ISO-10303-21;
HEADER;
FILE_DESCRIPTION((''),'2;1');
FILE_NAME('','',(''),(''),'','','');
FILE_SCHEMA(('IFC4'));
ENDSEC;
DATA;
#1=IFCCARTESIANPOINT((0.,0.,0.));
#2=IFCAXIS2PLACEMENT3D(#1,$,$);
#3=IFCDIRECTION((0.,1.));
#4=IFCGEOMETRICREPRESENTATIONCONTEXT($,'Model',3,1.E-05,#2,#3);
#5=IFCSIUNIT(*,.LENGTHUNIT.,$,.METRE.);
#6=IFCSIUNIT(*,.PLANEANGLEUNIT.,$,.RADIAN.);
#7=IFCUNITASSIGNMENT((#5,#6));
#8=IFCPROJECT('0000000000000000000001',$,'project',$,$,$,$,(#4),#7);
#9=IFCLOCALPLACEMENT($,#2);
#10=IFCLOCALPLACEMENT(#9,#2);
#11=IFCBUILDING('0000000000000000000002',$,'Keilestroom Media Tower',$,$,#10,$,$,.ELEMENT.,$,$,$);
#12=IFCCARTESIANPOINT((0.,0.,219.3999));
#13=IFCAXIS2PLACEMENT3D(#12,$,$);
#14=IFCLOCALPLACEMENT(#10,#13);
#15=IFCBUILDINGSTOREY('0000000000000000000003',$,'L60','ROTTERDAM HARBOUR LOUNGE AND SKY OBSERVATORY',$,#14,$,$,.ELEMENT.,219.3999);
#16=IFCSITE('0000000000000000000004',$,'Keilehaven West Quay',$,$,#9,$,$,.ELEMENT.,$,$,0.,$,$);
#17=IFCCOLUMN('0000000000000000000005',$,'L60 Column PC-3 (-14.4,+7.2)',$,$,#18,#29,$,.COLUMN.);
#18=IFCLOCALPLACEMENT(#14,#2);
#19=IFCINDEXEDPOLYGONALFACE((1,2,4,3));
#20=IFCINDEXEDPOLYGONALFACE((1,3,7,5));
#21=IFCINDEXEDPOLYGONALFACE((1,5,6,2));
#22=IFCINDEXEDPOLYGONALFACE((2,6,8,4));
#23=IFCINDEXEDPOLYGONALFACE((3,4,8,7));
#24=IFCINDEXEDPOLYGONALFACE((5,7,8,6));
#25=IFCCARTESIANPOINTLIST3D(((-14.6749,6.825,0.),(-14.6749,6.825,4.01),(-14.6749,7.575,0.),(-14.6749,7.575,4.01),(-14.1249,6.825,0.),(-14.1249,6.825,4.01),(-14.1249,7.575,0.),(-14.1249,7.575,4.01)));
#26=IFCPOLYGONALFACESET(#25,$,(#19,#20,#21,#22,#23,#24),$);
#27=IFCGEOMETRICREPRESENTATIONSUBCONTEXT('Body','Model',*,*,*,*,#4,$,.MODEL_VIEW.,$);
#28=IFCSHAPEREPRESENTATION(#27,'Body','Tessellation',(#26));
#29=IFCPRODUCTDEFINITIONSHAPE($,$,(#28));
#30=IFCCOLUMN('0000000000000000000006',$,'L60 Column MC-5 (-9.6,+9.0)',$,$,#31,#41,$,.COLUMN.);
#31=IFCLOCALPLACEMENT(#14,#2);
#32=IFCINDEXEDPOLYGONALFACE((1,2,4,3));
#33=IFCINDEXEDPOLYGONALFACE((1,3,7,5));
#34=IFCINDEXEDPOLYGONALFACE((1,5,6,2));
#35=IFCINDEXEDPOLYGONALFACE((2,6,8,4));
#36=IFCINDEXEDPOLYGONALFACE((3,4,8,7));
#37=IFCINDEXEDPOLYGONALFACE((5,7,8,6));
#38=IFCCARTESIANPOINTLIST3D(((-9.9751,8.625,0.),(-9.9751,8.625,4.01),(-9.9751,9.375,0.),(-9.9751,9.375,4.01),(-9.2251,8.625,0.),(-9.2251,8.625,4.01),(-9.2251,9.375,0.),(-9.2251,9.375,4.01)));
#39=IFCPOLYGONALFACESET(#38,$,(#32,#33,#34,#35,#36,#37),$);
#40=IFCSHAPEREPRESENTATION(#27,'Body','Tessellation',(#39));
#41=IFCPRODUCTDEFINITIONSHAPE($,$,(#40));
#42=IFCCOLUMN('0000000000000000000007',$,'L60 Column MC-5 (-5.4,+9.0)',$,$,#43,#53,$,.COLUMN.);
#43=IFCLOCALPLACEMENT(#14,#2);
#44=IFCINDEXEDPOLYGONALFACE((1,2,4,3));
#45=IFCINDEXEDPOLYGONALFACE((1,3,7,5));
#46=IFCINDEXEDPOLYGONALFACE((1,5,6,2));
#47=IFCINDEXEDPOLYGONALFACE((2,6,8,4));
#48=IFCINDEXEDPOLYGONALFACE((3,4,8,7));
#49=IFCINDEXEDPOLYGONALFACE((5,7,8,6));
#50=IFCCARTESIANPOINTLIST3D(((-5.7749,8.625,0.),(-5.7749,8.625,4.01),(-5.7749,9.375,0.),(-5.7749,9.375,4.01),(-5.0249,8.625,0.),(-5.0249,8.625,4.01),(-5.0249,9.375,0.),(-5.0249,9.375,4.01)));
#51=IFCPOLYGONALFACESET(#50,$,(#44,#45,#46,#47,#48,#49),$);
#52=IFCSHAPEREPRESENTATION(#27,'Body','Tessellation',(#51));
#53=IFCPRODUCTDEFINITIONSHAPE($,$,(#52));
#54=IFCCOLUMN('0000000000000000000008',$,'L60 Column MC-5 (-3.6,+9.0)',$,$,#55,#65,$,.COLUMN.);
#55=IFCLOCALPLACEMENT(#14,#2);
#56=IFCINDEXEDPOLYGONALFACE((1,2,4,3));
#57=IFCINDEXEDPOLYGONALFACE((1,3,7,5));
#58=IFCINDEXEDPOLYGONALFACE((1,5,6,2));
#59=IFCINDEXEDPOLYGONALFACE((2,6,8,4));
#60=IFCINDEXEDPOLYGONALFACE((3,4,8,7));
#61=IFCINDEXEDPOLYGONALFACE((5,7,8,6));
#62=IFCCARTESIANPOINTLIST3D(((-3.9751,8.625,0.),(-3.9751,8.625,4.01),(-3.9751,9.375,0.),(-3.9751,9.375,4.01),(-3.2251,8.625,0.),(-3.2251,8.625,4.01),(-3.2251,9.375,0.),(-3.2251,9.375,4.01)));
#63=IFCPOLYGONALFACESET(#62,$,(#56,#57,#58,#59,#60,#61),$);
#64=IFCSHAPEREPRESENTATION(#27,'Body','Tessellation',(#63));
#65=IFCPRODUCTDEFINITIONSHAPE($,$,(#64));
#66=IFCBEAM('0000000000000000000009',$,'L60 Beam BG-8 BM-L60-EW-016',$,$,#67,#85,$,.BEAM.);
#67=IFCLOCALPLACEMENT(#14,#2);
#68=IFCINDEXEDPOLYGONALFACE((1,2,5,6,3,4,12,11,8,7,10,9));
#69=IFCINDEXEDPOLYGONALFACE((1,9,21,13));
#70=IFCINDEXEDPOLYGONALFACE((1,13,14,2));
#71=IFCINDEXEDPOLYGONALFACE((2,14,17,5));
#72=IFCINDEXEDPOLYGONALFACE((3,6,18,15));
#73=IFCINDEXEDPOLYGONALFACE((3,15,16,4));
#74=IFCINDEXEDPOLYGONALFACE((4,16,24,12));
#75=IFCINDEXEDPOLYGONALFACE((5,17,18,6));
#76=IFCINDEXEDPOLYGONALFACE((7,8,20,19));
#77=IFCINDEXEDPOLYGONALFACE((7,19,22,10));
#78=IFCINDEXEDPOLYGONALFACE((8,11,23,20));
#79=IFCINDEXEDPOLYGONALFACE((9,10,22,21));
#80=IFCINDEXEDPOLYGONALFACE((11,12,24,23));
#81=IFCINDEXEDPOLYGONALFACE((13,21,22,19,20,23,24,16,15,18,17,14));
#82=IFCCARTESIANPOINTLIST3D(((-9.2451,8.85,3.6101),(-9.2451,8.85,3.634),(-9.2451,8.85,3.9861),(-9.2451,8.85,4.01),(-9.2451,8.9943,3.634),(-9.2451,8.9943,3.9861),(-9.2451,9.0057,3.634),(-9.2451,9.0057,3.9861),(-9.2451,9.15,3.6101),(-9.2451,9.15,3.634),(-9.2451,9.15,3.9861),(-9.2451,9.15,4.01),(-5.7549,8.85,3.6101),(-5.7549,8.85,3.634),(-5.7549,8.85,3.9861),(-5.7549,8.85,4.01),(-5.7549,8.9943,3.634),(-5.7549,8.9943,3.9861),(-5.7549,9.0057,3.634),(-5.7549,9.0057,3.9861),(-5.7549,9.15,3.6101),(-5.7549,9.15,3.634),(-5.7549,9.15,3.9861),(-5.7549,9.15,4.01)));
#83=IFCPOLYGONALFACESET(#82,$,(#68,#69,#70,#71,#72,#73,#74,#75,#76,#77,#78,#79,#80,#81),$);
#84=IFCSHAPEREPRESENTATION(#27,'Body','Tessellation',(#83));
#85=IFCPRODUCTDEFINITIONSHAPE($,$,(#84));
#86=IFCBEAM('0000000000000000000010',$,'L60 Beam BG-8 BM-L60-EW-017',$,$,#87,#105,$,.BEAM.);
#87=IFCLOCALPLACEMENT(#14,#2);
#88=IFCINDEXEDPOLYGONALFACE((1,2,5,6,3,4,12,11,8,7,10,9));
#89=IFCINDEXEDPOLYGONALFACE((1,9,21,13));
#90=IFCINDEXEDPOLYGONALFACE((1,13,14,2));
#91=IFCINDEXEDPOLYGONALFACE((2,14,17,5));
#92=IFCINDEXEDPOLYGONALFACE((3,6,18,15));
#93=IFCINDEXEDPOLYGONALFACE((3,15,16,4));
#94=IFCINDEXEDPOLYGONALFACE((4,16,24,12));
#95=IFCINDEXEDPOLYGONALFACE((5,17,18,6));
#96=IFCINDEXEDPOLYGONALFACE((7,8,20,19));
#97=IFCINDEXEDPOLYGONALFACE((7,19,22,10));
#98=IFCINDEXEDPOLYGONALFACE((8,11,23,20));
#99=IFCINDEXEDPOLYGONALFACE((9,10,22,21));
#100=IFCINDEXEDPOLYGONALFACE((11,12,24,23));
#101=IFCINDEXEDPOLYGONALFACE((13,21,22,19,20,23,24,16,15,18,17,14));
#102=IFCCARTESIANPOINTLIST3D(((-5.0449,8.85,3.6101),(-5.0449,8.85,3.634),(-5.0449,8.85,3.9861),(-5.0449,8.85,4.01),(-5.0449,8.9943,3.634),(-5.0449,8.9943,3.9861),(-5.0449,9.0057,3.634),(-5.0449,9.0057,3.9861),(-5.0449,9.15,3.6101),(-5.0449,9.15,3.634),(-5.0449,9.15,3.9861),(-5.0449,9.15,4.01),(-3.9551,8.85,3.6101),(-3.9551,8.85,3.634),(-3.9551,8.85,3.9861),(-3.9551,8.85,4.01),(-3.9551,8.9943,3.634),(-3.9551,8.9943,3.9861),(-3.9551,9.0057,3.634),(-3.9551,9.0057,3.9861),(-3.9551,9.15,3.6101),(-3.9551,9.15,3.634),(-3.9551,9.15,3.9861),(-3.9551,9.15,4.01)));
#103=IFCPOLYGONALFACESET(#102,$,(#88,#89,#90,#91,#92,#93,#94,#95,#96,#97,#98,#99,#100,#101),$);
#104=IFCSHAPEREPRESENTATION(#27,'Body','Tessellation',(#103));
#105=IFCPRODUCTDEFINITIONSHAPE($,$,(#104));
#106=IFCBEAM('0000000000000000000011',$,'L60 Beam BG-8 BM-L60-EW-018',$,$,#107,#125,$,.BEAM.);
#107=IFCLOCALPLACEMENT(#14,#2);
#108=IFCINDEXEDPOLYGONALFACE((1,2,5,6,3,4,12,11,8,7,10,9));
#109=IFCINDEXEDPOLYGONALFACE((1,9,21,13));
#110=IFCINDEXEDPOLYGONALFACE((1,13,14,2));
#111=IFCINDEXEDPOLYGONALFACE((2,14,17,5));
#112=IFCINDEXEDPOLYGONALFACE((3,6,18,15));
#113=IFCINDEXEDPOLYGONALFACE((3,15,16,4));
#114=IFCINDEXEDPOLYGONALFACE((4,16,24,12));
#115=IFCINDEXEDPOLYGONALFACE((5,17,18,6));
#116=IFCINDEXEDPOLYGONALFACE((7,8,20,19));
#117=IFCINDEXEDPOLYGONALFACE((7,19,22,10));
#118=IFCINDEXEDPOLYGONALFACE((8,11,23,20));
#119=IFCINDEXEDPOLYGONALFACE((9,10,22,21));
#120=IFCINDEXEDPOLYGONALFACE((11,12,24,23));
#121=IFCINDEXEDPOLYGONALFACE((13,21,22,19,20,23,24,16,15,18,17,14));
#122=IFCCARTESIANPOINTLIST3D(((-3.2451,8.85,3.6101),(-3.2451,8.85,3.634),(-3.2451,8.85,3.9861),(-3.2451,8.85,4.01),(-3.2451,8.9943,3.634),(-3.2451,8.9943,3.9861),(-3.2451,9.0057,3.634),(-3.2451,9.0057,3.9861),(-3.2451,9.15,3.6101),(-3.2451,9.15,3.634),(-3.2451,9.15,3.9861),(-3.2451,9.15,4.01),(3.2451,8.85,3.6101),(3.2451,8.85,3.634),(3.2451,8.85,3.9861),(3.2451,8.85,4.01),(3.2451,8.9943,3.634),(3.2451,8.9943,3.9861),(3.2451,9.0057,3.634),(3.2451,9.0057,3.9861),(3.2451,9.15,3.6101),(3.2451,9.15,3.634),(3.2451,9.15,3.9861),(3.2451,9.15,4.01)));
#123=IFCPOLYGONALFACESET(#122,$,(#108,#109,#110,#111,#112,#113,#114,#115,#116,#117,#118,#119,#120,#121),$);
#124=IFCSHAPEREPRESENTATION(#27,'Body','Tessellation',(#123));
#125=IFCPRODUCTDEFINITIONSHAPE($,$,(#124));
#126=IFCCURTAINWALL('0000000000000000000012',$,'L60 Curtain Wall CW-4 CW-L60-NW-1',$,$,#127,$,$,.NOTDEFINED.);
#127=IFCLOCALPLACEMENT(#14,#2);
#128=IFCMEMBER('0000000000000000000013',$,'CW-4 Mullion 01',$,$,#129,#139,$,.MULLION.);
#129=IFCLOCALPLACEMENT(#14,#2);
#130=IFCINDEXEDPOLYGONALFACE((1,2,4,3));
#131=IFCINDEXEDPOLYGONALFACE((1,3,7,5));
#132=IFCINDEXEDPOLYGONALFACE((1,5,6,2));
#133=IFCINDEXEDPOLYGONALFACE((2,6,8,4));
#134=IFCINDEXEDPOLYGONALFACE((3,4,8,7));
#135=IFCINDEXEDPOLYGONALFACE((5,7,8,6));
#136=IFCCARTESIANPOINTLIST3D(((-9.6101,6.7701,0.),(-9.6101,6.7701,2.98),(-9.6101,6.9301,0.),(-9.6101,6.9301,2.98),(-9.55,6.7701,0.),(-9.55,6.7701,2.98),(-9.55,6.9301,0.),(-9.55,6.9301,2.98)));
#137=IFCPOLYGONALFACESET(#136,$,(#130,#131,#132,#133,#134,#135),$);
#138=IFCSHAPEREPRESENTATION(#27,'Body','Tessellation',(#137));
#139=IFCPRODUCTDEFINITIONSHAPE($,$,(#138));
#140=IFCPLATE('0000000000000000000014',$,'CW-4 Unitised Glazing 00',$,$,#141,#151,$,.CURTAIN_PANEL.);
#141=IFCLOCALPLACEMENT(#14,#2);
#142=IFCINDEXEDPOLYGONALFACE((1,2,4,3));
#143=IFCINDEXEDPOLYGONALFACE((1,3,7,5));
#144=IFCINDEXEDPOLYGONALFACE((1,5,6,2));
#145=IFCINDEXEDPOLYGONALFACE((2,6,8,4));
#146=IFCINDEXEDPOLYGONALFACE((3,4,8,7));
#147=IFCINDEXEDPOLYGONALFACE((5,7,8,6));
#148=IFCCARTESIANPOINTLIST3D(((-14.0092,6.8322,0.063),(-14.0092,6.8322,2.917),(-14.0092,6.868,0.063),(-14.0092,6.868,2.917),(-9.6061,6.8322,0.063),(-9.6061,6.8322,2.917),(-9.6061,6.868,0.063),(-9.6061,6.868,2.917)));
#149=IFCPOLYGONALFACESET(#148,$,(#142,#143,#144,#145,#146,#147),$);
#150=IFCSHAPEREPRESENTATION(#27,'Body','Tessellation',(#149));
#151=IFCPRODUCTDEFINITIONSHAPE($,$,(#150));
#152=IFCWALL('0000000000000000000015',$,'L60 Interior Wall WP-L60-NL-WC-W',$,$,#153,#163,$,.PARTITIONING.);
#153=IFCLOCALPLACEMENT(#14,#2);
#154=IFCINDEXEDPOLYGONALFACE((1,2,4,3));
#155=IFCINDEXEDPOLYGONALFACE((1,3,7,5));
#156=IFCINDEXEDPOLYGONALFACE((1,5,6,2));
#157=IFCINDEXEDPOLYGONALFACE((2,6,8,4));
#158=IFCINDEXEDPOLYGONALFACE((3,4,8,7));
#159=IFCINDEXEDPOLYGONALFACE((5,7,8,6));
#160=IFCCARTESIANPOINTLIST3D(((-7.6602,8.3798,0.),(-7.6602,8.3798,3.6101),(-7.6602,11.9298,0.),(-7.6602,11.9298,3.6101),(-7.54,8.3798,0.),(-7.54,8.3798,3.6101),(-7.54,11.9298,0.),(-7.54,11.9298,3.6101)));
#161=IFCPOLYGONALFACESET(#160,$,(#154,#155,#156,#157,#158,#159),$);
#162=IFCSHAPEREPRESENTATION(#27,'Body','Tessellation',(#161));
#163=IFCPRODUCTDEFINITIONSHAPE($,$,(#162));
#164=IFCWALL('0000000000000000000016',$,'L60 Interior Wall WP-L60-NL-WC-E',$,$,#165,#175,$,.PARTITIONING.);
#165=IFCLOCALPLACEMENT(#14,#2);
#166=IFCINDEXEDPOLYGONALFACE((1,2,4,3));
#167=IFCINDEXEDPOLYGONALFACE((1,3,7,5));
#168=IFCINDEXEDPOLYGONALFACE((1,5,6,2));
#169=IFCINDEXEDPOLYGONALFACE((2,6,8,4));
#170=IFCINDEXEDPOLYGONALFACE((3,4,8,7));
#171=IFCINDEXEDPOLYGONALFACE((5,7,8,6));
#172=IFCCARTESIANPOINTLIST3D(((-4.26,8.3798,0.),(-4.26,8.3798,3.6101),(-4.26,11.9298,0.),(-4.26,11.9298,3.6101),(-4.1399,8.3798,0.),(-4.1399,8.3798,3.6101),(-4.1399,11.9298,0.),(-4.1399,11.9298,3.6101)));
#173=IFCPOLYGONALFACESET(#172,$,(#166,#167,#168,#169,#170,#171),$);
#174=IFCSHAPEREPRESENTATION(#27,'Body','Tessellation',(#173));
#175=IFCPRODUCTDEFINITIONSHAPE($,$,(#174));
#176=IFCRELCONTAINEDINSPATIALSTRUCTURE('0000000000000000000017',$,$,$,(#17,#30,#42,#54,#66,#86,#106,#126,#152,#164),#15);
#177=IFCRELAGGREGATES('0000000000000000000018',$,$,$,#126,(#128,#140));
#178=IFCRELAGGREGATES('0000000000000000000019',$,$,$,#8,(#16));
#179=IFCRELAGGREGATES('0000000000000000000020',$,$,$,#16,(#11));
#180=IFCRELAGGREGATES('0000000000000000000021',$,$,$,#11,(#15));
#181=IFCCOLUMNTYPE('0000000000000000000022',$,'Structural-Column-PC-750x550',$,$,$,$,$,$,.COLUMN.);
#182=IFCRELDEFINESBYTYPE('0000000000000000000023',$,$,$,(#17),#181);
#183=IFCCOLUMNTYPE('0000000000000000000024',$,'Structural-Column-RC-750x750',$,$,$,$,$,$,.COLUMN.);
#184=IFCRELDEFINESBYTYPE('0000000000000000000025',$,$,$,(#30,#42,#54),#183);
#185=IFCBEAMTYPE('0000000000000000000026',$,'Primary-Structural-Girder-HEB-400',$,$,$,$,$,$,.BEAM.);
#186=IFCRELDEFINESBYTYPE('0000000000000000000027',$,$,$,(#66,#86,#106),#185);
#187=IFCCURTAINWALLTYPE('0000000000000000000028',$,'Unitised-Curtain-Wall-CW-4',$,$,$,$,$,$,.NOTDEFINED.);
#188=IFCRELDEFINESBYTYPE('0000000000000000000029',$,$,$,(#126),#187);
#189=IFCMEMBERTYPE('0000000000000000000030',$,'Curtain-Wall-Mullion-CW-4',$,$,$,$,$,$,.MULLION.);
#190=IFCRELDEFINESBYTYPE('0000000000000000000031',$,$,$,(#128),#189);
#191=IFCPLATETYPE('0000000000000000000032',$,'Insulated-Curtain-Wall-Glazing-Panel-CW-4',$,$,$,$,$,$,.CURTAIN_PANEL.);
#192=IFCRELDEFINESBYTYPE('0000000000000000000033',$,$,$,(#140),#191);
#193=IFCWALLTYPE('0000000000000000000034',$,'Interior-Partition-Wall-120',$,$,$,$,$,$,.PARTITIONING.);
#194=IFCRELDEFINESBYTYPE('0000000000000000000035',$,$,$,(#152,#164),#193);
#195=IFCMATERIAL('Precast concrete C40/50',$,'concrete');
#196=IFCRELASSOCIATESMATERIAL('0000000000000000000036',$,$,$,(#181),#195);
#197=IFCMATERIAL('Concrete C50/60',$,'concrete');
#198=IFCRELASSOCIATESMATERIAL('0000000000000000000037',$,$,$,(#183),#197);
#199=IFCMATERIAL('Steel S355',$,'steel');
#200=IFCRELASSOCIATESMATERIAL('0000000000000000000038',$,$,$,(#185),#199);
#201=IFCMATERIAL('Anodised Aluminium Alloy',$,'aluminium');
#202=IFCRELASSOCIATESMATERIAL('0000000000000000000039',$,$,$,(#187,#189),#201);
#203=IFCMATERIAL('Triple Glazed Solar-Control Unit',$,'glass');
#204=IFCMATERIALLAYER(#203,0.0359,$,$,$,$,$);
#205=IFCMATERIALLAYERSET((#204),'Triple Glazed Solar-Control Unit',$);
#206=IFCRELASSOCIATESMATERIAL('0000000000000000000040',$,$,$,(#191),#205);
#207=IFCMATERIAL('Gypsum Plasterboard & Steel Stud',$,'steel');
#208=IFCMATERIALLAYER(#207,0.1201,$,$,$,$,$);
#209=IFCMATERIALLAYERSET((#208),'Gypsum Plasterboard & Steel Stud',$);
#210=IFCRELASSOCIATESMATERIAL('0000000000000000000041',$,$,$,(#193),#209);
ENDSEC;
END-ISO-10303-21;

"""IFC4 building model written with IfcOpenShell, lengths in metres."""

from ifc_helpers import new_model, si_unit, direction, frame, frame_2d, origin, origin_2d, place, context, subcontext, project, spatial, rectangle, i_section, extrude, source, transform, mapped, material, layer, layer_set, material_profile, profile_set, type_object, element, aggregate, save


model = new_model("IFC4")

# Units and contexts
model_context = context("Model", 3, precision=1e-05, world=origin(), true_north=direction((0.0, 1.0)))
body_context = subcontext(model_context, "Body", "Model", "MODEL_VIEW")
ifc_project = project(units=[si_unit("LENGTHUNIT", "METRE"), si_unit("PLANEANGLEUNIT", "RADIAN")], contexts=[model_context])

# Site, building, storey
site_placement = place(None, origin())
site = spatial("IfcSite", under=ifc_project, at=site_placement, Name="Keilehaven West Quay", CompositionType="ELEMENT", RefElevation=0.0)
building_placement = place(site_placement, origin())
building = spatial("IfcBuilding", under=site, at=building_placement, Name="Keilestroom Media Tower", CompositionType="ELEMENT")
storey_placement = place(building_placement, frame((0.0, 0.0, 219.3999)))
storey = spatial("IfcBuildingStorey", under=building, at=storey_placement, Name="L60", Description="ROTTERDAM HARBOUR LOUNGE AND SKY OBSERVATORY", CompositionType="ELEMENT", Elevation=219.3999)

# Columns
ifc_material_1 = material(Name="Precast concrete C40/50", Category="concrete")
ifc_material_profile_1 = material_profile(ifc_material_1, rectangle(XDim=0.55, YDim=0.75, at=origin_2d()), Name="PC 750x550")
ifc_profile_set_1 = profile_set([ifc_material_profile_1], Name="Precast concrete C40/50")
column_type_1 = type_object("IfcColumnType", Name="Structural-Column-PC-750x550", PredefinedType="COLUMN", material=ifc_profile_set_1)
shared_shape_1 = source(origin(), body_context, "Body", "SweptSolid", [
    extrude(rectangle(XDim=0.55, YDim=0.75, at=origin_2d()), origin(), (0.0, 0.0, 1.0), 4.01),
])
column_placement = place(storey_placement, frame((-14.3999, 7.2, 0.0), z_axis=(0.0, 0.0, 1.0), x_axis=(1.0, 0.0, 0.0)))
element("IfcColumn", 1, at=column_placement, inside=storey, type_object=column_type_1, Name="L60 Column PC-3 (-14.4,+7.2)", PredefinedType="COLUMN", context=body_context, shape_type="MappedRepresentation", body=[
    mapped(shared_shape_1, transform((0.0, 0.0, 0.0), x_axis=(1.0, 0.0, 0.0), y_axis=(0.0, 1.0, 0.0), z_axis=(0.0, 0.0, 1.0), scale=1.0)),
])
ifc_material_2 = material(Name="Concrete C50/60", Category="concrete")
ifc_material_profile_2 = material_profile(ifc_material_2, rectangle(XDim=0.75, YDim=0.75, at=origin_2d()), Name="RC 750x750")
ifc_profile_set_2 = profile_set([ifc_material_profile_2], Name="Concrete C50/60")
column_type_2 = type_object("IfcColumnType", Name="Structural-Column-RC-750x750", PredefinedType="COLUMN", material=ifc_profile_set_2)
shared_shape_2 = source(origin(), body_context, "Body", "SweptSolid", [
    extrude(rectangle(XDim=0.75, YDim=0.75, at=origin_2d()), origin(), (0.0, 0.0, 1.0), 4.01),
])
for number, where, z_axis, x_axis, name in (
    (2, (-9.6001, 9.0, 0.0), (0.0, 0.0, 1.0), (1.0, 0.0, 0.0), "L60 Column MC-5 (-9.6,+9.0)"),
    (3, (-5.3999, 9.0, 0.0), (0.0, 0.0, 1.0), (1.0, 0.0, 0.0), "L60 Column MC-5 (-5.4,+9.0)"),
    (4, (-3.6001, 9.0, 0.0), (0.0, 0.0, 1.0), (1.0, 0.0, 0.0), "L60 Column MC-5 (-3.6,+9.0)"),
):
    element("IfcColumn", number, at=place(storey_placement, frame(where, z_axis=z_axis, x_axis=x_axis)), inside=storey, type_object=column_type_2, Name=name, PredefinedType="COLUMN", context=body_context, shape_type="MappedRepresentation", body=[
        mapped(shared_shape_2, transform((0.0, 0.0, 0.0), x_axis=(1.0, 0.0, 0.0), y_axis=(0.0, 1.0, 0.0), z_axis=(0.0, 0.0, 1.0), scale=1.0)),
    ])

# Beams
ifc_material_3 = material(Name="Steel S355", Category="steel")
ifc_material_profile_3 = material_profile(ifc_material_3, i_section(OverallWidth=0.3, OverallDepth=0.3999, WebThickness=0.0115, FlangeThickness=0.0239, at=origin_2d()), Name="HEB 400")
ifc_profile_set_3 = profile_set([ifc_material_profile_3], Name="Steel S355")
beam_type = type_object("IfcBeamType", Name="Primary-Structural-Girder-HEB-400", PredefinedType="BEAM", material=ifc_profile_set_3)
shared_shape_3 = source(origin(), body_context, "Body", "SweptSolid", [
    extrude(i_section(OverallWidth=0.3, OverallDepth=0.3999, WebThickness=0.0115, FlangeThickness=0.0239, at=origin_2d()), origin(), (0.0, 0.0, 1.0), 3.4902),
])
beam_1_placement = place(storey_placement, frame((-9.2451, 9.0, 3.8101), z_axis=(1.0, 0.0, 0.0), x_axis=(0.0, 1.0, 0.0)))
element("IfcBeam", 5, at=beam_1_placement, inside=storey, type_object=beam_type, Name="L60 Beam BG-8 BM-L60-EW-016", PredefinedType="BEAM", context=body_context, shape_type="MappedRepresentation", body=[
    mapped(shared_shape_3, transform((0.0, 0.0, 0.0), x_axis=(1.0, 0.0, 0.0), y_axis=(0.0, 1.0, 0.0), z_axis=(0.0, 0.0, 1.0), scale=1.0)),
])
shared_shape_4 = source(origin(), body_context, "Body", "SweptSolid", [
    extrude(i_section(OverallWidth=0.3, OverallDepth=0.3999, WebThickness=0.0115, FlangeThickness=0.0239, at=origin_2d()), origin(), (0.0, 0.0, 1.0), 1.0898),
])
beam_2_placement = place(storey_placement, frame((-5.0449, 9.0, 3.8101), z_axis=(1.0, 0.0, 0.0), x_axis=(0.0, 1.0, 0.0)))
element("IfcBeam", 6, at=beam_2_placement, inside=storey, type_object=beam_type, Name="L60 Beam BG-8 BM-L60-EW-017", PredefinedType="BEAM", context=body_context, shape_type="MappedRepresentation", body=[
    mapped(shared_shape_4, transform((0.0, 0.0, 0.0), x_axis=(1.0, 0.0, 0.0), y_axis=(0.0, 1.0, 0.0), z_axis=(0.0, 0.0, 1.0), scale=1.0)),
])
shared_shape_5 = source(origin(), body_context, "Body", "SweptSolid", [
    extrude(i_section(OverallWidth=0.3, OverallDepth=0.3999, WebThickness=0.0115, FlangeThickness=0.0239, at=origin_2d()), origin(), (0.0, 0.0, 1.0), 6.4902),
])
beam_3_placement = place(storey_placement, frame((-3.2451, 9.0, 3.8101), z_axis=(1.0, 0.0, 0.0), x_axis=(0.0, 1.0, 0.0)))
element("IfcBeam", 7, at=beam_3_placement, inside=storey, type_object=beam_type, Name="L60 Beam BG-8 BM-L60-EW-018", PredefinedType="BEAM", context=body_context, shape_type="MappedRepresentation", body=[
    mapped(shared_shape_5, transform((0.0, 0.0, 0.0), x_axis=(1.0, 0.0, 0.0), y_axis=(0.0, 1.0, 0.0), z_axis=(0.0, 0.0, 1.0), scale=1.0)),
])

# Curtain wall, member, plate
ifc_material_4 = material(Name="Anodised Aluminium Alloy", Category="aluminium")
curtain_wall_type = type_object("IfcCurtainWallType", Name="Unitised-Curtain-Wall-CW-4", PredefinedType="NOTDEFINED", material=ifc_material_4)
curtain_wall_placement = place(storey_placement, origin())
curtain_wall = element("IfcCurtainWall", 8, at=curtain_wall_placement, inside=storey, type_object=curtain_wall_type, Name="L60 Curtain Wall CW-4 CW-L60-NW-1", PredefinedType="NOTDEFINED")
ifc_material_profile_4 = material_profile(ifc_material_4, rectangle(XDim=0.0601, YDim=0.1599, at=origin_2d()), Name="ALU MULLION 60x160")
ifc_profile_set_4 = profile_set([ifc_material_profile_4], Name="Anodised Aluminium Alloy")
member_type = type_object("IfcMemberType", Name="Curtain-Wall-Mullion-CW-4", PredefinedType="MULLION", material=ifc_profile_set_4)
shared_shape_6 = source(origin(), body_context, "Body", "SweptSolid", [
    extrude(rectangle(XDim=0.0601, YDim=0.1599, at=origin_2d()), origin(), (0.0, 0.0, 1.0), 2.98),
])
member_placement = place(storey_placement, frame((-9.5801, 6.8501, 0.0), z_axis=(0.0, 0.0, 1.0), x_axis=(1.0, 0.0, 0.0)))
member = element("IfcMember", 9, at=member_placement, type_object=member_type, Name="CW-4 Mullion 01", PredefinedType="MULLION", context=body_context, shape_type="MappedRepresentation", body=[
    mapped(shared_shape_6, transform((0.0, 0.0, 0.0), x_axis=(1.0, 0.0, 0.0), y_axis=(0.0, 1.0, 0.0), z_axis=(0.0, 0.0, 1.0), scale=1.0)),
])
ifc_material_5 = material(Name="Triple Glazed Solar-Control Unit", Category="glass")
ifc_layer_1 = layer(ifc_material_5, 0.0359)
ifc_layer_set_1 = layer_set([ifc_layer_1], Name="Triple Glazed Solar-Control Unit")
plate_type = type_object("IfcPlateType", Name="Insulated-Curtain-Wall-Glazing-Panel-CW-4", PredefinedType="CURTAIN_PANEL", material=ifc_layer_set_1)
shared_shape_7 = source(origin(), body_context, "Body", "SweptSolid", [
    extrude(rectangle(XDim=4.4031, YDim=0.0359, at=origin_2d()), origin(), (0.0, 0.0, 1.0), 2.854),
])
plate_placement = place(storey_placement, frame((-11.8076, 6.8501, 0.063), z_axis=(0.0, 0.0, 1.0), x_axis=(1.0, 0.0, 0.0)))
plate = element("IfcPlate", 10, at=plate_placement, type_object=plate_type, Name="CW-4 Unitised Glazing 00", PredefinedType="CURTAIN_PANEL", context=body_context, shape_type="MappedRepresentation", body=[
    mapped(shared_shape_7, transform((0.0, 0.0, 0.0), x_axis=(1.0, 0.0, 0.0), y_axis=(0.0, 1.0, 0.0), z_axis=(0.0, 0.0, 1.0), scale=1.0)),
])
aggregate(curtain_wall, [member, plate])

# Walls
ifc_material_6 = material(Name="Gypsum Plasterboard & Steel Stud", Category="steel")
ifc_layer_2 = layer(ifc_material_6, 0.1201)
ifc_layer_set_2 = layer_set([ifc_layer_2], Name="Gypsum Plasterboard & Steel Stud")
wall_type_1 = type_object("IfcWallType", Name="Interior-Partition-Wall-120", PredefinedType="PARTITIONING", material=ifc_layer_set_2)
for number, where, z_axis, x_axis, name in (
    (11, (-7.6001, 8.3799, 0.0), (0.0, 0.0, 1.0), (0.0, 1.0, 0.0), "L60 Interior Wall WP-L60-NL-WC-W"),
    (12, (-4.2, 8.3799, 0.0), (0.0, 0.0, 1.0), (0.0, 1.0, 0.0), "L60 Interior Wall WP-L60-NL-WC-E"),
):
    element("IfcWall", number, at=place(storey_placement, frame(where, z_axis=z_axis, x_axis=x_axis)), inside=storey, type_object=wall_type_1, Name=name, PredefinedType="PARTITIONING", context=body_context, shape_type="SweptSolid", body=[
        extrude(rectangle(XDim=3.55, YDim=0.1201, at=frame_2d((1.7749, 0.0))), origin(), (0.0, 0.0, 1.0), 3.6101),
    ])

save(model, "model.ifc")
